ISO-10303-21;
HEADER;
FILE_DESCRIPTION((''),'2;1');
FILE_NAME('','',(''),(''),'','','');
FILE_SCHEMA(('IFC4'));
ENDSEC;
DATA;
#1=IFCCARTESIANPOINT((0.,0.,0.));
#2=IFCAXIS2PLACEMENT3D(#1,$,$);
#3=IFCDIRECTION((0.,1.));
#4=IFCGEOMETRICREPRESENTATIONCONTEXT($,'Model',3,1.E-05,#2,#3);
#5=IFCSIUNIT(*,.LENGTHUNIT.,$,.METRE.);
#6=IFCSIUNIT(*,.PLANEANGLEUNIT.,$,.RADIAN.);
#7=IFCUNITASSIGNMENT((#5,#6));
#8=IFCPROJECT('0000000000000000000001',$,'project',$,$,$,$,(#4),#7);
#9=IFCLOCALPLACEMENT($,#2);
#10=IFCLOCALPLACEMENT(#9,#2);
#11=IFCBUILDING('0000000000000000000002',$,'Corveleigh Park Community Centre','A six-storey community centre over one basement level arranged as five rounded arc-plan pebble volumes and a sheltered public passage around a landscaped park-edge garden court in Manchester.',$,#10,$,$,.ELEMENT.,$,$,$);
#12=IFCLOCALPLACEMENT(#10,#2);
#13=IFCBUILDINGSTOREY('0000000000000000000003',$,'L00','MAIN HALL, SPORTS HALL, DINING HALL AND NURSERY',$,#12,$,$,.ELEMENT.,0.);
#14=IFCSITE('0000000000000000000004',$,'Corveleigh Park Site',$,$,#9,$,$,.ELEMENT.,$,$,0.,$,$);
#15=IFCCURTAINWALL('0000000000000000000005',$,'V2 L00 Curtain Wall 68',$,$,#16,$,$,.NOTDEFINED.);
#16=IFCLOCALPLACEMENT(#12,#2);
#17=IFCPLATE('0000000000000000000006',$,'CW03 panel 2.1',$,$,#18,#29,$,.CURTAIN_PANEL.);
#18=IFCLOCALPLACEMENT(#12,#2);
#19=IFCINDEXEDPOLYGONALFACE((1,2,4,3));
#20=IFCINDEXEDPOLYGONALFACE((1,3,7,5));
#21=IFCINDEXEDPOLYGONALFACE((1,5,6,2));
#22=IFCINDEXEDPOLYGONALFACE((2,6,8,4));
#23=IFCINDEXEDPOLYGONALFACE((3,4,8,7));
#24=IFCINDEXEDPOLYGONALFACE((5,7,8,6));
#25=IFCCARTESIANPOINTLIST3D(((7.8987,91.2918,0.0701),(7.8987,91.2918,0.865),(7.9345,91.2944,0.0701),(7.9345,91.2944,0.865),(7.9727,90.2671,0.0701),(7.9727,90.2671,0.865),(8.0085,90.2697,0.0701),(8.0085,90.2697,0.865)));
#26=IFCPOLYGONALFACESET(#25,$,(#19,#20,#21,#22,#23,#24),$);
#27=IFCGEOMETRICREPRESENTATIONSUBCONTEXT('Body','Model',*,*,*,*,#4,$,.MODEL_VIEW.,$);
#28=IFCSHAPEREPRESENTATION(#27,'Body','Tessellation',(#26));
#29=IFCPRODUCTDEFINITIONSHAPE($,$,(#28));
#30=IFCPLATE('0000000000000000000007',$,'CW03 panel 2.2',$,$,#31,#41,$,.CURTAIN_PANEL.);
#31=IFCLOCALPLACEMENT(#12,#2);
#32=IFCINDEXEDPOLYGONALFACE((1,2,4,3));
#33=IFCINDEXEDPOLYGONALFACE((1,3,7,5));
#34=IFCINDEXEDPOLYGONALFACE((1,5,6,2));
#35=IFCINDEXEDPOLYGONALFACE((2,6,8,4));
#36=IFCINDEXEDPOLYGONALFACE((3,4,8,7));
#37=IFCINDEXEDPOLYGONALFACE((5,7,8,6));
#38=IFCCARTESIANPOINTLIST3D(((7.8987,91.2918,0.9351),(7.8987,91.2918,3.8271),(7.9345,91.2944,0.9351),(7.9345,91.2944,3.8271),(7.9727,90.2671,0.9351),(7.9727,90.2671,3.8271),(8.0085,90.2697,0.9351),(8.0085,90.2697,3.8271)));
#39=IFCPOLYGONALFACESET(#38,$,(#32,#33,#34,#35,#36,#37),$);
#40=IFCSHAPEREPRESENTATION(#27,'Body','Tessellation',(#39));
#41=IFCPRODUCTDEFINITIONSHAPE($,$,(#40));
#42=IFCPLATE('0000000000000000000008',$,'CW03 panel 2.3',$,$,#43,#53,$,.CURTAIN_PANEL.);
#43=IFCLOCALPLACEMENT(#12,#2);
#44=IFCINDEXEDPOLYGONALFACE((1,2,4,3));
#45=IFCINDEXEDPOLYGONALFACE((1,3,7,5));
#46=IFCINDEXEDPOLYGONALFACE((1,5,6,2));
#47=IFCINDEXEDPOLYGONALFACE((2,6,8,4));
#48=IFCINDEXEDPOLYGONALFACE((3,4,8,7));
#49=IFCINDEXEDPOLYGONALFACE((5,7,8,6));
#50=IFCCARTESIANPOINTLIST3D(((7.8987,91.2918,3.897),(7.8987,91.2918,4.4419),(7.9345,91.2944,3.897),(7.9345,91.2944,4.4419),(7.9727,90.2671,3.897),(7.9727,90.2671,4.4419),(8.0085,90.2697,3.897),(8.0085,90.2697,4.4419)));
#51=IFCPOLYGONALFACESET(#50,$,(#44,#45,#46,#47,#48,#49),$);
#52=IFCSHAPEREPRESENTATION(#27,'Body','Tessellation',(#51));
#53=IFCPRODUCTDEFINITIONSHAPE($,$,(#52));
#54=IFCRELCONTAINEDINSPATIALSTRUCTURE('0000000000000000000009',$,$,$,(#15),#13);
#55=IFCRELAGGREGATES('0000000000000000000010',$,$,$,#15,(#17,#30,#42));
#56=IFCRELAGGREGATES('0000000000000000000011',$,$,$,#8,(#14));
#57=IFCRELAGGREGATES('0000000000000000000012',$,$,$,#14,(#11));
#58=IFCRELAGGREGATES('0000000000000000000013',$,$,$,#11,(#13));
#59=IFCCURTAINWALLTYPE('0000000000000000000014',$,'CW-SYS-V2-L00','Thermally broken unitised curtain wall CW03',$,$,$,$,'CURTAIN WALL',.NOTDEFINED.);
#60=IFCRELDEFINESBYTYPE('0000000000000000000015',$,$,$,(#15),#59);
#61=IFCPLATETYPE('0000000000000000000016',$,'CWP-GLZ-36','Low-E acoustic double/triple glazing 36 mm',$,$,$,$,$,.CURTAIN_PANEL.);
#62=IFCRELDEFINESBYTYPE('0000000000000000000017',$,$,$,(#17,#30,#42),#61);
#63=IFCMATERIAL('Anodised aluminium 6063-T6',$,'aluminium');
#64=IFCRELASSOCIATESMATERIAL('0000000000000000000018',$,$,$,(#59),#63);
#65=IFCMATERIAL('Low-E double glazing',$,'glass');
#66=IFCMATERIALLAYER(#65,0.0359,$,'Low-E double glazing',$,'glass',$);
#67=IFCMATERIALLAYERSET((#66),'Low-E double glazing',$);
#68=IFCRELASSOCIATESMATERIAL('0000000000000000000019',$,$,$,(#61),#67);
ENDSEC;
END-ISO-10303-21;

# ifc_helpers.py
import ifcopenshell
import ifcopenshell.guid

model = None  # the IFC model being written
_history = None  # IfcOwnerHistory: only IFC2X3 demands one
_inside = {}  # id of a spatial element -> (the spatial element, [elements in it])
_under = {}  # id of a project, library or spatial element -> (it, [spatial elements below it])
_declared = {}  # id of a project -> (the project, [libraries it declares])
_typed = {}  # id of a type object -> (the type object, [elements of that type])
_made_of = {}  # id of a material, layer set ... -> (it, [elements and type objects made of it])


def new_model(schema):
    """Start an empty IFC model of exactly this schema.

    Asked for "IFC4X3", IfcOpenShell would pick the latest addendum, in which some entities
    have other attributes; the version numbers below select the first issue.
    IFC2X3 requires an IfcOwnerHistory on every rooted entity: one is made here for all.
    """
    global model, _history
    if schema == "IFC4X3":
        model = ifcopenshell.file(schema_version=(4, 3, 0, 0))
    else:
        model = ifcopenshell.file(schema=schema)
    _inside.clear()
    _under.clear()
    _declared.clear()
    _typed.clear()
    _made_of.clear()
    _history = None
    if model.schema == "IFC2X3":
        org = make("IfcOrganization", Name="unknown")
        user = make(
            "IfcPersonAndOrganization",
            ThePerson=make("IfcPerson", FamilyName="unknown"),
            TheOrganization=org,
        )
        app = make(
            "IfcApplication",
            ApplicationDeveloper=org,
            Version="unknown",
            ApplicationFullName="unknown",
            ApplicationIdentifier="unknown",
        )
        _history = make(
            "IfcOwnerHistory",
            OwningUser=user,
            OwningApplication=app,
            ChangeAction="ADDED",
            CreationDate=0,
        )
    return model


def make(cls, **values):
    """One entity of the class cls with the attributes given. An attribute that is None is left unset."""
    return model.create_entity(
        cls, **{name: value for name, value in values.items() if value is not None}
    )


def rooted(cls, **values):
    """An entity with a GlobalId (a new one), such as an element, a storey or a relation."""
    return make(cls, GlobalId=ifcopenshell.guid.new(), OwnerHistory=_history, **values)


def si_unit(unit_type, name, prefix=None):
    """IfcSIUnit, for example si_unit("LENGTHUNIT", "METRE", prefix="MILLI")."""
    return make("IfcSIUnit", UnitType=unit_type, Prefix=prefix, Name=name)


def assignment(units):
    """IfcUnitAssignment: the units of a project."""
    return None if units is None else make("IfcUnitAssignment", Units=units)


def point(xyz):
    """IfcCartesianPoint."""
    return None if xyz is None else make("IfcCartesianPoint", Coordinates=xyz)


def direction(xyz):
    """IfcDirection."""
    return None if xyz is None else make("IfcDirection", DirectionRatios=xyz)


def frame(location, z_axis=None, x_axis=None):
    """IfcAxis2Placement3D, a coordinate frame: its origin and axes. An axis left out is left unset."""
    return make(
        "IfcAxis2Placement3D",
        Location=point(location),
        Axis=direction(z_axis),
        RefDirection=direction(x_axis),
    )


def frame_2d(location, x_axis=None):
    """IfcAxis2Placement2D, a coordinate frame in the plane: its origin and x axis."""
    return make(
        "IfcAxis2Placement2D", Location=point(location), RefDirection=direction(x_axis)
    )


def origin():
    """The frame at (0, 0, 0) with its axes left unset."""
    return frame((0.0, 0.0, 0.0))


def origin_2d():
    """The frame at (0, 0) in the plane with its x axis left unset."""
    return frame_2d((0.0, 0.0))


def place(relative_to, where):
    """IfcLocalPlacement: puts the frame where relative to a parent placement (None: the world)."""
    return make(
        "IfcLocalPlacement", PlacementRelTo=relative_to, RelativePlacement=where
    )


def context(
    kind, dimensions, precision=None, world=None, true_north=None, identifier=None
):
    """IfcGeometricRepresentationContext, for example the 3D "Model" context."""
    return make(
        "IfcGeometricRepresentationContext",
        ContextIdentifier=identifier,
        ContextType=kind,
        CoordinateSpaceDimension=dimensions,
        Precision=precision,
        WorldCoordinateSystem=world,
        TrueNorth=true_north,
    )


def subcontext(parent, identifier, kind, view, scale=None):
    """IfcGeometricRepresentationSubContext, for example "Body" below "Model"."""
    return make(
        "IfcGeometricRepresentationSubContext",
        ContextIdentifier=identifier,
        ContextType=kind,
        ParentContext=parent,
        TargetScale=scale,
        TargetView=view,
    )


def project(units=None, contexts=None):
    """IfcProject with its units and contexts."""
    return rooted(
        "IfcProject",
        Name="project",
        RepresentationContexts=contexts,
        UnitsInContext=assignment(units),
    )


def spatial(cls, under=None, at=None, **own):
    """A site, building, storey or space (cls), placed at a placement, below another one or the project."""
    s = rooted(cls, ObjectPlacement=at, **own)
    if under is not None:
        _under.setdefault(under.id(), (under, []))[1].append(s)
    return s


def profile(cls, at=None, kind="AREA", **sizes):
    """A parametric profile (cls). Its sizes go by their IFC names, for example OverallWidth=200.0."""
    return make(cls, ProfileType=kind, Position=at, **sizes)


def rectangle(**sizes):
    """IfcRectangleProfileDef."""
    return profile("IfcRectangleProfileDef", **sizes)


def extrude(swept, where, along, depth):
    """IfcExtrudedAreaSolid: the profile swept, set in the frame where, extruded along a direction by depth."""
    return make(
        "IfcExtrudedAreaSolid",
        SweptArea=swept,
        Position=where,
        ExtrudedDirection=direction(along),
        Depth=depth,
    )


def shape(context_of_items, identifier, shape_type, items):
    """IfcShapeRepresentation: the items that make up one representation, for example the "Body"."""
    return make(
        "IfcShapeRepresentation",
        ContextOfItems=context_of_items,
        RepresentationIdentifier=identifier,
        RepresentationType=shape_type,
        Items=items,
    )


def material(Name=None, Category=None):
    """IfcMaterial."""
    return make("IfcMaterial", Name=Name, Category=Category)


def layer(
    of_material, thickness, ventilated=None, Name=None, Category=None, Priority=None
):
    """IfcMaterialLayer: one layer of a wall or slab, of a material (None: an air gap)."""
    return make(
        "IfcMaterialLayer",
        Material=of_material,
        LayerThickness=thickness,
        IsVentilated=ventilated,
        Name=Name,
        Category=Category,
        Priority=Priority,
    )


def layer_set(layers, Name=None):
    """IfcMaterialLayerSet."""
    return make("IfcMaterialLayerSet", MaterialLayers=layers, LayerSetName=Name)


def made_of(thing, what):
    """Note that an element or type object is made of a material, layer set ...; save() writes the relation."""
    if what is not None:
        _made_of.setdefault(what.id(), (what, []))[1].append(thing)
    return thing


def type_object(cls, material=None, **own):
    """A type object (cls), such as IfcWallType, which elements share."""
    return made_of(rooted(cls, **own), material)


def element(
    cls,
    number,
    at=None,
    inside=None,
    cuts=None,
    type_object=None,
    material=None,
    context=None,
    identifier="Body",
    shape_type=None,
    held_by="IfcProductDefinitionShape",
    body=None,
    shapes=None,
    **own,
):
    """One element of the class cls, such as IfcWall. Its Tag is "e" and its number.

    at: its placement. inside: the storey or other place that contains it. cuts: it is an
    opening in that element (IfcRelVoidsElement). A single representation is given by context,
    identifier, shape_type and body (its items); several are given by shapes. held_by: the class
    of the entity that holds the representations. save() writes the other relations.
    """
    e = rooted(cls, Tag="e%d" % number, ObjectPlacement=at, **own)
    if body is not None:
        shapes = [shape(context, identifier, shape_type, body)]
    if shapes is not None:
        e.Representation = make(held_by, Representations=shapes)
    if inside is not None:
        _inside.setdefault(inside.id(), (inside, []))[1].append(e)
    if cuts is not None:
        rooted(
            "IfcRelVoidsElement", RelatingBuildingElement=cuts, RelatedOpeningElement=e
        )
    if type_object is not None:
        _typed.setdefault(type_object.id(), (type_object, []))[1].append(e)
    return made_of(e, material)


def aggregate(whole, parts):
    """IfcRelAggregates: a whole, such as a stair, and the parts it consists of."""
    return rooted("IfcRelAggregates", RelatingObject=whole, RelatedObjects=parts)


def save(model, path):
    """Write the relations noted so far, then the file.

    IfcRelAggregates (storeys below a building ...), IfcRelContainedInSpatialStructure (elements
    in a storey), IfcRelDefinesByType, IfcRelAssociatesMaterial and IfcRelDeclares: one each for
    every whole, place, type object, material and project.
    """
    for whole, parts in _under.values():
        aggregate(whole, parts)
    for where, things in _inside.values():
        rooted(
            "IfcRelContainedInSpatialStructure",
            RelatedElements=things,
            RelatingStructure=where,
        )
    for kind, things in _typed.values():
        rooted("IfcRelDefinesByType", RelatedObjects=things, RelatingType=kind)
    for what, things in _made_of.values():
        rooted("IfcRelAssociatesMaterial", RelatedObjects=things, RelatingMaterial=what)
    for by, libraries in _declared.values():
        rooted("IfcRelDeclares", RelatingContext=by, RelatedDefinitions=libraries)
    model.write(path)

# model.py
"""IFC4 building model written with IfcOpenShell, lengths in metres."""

from ifc_helpers import new_model, si_unit, direction, frame, origin, origin_2d, place, context, subcontext, project, spatial, rectangle, extrude, material, layer, layer_set, type_object, element, aggregate, save


model = new_model("IFC4")

# Units and contexts
model_context = context("Model", 3, precision=1e-05, world=origin(), true_north=direction((0.0, 1.0)))
body_context = subcontext(model_context, "Body", "Model", "MODEL_VIEW")
ifc_project = project(units=[si_unit("LENGTHUNIT", "METRE"), si_unit("PLANEANGLEUNIT", "RADIAN")], contexts=[model_context])

# Site, building, storey
site_placement = place(None, origin())
site = spatial("IfcSite", under=ifc_project, at=site_placement, Name="Corveleigh Park Site", CompositionType="ELEMENT", RefElevation=0.0)
building_placement = place(site_placement, origin())
building = spatial("IfcBuilding", under=site, at=building_placement, Name="Corveleigh Park Community Centre", Description="A six-storey community centre over one basement level arranged as five rounded arc-plan pebble volumes and a sheltered public passage around a landscaped park-edge garden court in Manchester.", CompositionType="ELEMENT")
storey_placement = place(building_placement, origin())
storey = spatial("IfcBuildingStorey", under=building, at=storey_placement, Name="L00", Description="MAIN HALL, SPORTS HALL, DINING HALL AND NURSERY", CompositionType="ELEMENT", Elevation=0.0)

# Curtain wall
ifc_material_1 = material(Name="Anodised aluminium 6063-T6", Category="aluminium")
curtain_wall_type = type_object("IfcCurtainWallType", Name="CW-SYS-V2-L00", Description="Thermally broken unitised curtain wall CW03", ElementType="CURTAIN WALL", PredefinedType="NOTDEFINED", material=ifc_material_1)
curtain_wall_1_placement = place(storey_placement, origin())
curtain_wall_1 = element("IfcCurtainWall", 1, at=curtain_wall_1_placement, inside=storey, type_object=curtain_wall_type, Name="V2 L00 Curtain Wall 68", PredefinedType="NOTDEFINED")

# Plates
ifc_material_2 = material(Name="Low-E double glazing", Category="glass")
ifc_layer = layer(ifc_material_2, 0.0359, Name="Low-E double glazing", Category="glass")
ifc_layer_set = layer_set([ifc_layer], Name="Low-E double glazing")
plate_type = type_object("IfcPlateType", Name="CWP-GLZ-36", Description="Low-E acoustic double/triple glazing 36 mm", PredefinedType="CURTAIN_PANEL", material=ifc_layer_set)
plate_1_placement = place(storey_placement, frame((7.9536, 90.7808, 0.0701), z_axis=(0.0, 0.0, 1.0), x_axis=(-0.072005, 0.997404, 0.0)))
plate_1 = element("IfcPlate", 2, at=plate_1_placement, type_object=plate_type, Name="CW03 panel 2.1", PredefinedType="CURTAIN_PANEL", context=body_context, shape_type="SweptSolid", body=[
    extrude(rectangle(XDim=1.0273, YDim=0.0359, at=origin_2d()), origin(), (0.0, 0.0, 1.0), 0.7949),
])
plate_2_placement = place(storey_placement, frame((7.9536, 90.7808, 0.9351), z_axis=(0.0, 0.0, 1.0), x_axis=(-0.072005, 0.997404, 0.0)))
plate_2 = element("IfcPlate", 3, at=plate_2_placement, type_object=plate_type, Name="CW03 panel 2.2", PredefinedType="CURTAIN_PANEL", context=body_context, shape_type="SweptSolid", body=[
    extrude(rectangle(XDim=1.0273, YDim=0.0359, at=origin_2d()), origin(), (0.0, 0.0, 1.0), 2.8921),
])
plate_3_placement = place(storey_placement, frame((7.9536, 90.7808, 3.897), z_axis=(0.0, 0.0, 1.0), x_axis=(-0.072005, 0.997404, 0.0)))
plate_3 = element("IfcPlate", 4, at=plate_3_placement, type_object=plate_type, Name="CW03 panel 2.3", PredefinedType="CURTAIN_PANEL", context=body_context, shape_type="SweptSolid", body=[
    extrude(rectangle(XDim=1.0273, YDim=0.0359, at=origin_2d()), origin(), (0.0, 0.0, 1.0), 0.5449),
])
aggregate(curtain_wall_1, [plate_1, plate_2, plate_3])

save(model, "model.ifc")
